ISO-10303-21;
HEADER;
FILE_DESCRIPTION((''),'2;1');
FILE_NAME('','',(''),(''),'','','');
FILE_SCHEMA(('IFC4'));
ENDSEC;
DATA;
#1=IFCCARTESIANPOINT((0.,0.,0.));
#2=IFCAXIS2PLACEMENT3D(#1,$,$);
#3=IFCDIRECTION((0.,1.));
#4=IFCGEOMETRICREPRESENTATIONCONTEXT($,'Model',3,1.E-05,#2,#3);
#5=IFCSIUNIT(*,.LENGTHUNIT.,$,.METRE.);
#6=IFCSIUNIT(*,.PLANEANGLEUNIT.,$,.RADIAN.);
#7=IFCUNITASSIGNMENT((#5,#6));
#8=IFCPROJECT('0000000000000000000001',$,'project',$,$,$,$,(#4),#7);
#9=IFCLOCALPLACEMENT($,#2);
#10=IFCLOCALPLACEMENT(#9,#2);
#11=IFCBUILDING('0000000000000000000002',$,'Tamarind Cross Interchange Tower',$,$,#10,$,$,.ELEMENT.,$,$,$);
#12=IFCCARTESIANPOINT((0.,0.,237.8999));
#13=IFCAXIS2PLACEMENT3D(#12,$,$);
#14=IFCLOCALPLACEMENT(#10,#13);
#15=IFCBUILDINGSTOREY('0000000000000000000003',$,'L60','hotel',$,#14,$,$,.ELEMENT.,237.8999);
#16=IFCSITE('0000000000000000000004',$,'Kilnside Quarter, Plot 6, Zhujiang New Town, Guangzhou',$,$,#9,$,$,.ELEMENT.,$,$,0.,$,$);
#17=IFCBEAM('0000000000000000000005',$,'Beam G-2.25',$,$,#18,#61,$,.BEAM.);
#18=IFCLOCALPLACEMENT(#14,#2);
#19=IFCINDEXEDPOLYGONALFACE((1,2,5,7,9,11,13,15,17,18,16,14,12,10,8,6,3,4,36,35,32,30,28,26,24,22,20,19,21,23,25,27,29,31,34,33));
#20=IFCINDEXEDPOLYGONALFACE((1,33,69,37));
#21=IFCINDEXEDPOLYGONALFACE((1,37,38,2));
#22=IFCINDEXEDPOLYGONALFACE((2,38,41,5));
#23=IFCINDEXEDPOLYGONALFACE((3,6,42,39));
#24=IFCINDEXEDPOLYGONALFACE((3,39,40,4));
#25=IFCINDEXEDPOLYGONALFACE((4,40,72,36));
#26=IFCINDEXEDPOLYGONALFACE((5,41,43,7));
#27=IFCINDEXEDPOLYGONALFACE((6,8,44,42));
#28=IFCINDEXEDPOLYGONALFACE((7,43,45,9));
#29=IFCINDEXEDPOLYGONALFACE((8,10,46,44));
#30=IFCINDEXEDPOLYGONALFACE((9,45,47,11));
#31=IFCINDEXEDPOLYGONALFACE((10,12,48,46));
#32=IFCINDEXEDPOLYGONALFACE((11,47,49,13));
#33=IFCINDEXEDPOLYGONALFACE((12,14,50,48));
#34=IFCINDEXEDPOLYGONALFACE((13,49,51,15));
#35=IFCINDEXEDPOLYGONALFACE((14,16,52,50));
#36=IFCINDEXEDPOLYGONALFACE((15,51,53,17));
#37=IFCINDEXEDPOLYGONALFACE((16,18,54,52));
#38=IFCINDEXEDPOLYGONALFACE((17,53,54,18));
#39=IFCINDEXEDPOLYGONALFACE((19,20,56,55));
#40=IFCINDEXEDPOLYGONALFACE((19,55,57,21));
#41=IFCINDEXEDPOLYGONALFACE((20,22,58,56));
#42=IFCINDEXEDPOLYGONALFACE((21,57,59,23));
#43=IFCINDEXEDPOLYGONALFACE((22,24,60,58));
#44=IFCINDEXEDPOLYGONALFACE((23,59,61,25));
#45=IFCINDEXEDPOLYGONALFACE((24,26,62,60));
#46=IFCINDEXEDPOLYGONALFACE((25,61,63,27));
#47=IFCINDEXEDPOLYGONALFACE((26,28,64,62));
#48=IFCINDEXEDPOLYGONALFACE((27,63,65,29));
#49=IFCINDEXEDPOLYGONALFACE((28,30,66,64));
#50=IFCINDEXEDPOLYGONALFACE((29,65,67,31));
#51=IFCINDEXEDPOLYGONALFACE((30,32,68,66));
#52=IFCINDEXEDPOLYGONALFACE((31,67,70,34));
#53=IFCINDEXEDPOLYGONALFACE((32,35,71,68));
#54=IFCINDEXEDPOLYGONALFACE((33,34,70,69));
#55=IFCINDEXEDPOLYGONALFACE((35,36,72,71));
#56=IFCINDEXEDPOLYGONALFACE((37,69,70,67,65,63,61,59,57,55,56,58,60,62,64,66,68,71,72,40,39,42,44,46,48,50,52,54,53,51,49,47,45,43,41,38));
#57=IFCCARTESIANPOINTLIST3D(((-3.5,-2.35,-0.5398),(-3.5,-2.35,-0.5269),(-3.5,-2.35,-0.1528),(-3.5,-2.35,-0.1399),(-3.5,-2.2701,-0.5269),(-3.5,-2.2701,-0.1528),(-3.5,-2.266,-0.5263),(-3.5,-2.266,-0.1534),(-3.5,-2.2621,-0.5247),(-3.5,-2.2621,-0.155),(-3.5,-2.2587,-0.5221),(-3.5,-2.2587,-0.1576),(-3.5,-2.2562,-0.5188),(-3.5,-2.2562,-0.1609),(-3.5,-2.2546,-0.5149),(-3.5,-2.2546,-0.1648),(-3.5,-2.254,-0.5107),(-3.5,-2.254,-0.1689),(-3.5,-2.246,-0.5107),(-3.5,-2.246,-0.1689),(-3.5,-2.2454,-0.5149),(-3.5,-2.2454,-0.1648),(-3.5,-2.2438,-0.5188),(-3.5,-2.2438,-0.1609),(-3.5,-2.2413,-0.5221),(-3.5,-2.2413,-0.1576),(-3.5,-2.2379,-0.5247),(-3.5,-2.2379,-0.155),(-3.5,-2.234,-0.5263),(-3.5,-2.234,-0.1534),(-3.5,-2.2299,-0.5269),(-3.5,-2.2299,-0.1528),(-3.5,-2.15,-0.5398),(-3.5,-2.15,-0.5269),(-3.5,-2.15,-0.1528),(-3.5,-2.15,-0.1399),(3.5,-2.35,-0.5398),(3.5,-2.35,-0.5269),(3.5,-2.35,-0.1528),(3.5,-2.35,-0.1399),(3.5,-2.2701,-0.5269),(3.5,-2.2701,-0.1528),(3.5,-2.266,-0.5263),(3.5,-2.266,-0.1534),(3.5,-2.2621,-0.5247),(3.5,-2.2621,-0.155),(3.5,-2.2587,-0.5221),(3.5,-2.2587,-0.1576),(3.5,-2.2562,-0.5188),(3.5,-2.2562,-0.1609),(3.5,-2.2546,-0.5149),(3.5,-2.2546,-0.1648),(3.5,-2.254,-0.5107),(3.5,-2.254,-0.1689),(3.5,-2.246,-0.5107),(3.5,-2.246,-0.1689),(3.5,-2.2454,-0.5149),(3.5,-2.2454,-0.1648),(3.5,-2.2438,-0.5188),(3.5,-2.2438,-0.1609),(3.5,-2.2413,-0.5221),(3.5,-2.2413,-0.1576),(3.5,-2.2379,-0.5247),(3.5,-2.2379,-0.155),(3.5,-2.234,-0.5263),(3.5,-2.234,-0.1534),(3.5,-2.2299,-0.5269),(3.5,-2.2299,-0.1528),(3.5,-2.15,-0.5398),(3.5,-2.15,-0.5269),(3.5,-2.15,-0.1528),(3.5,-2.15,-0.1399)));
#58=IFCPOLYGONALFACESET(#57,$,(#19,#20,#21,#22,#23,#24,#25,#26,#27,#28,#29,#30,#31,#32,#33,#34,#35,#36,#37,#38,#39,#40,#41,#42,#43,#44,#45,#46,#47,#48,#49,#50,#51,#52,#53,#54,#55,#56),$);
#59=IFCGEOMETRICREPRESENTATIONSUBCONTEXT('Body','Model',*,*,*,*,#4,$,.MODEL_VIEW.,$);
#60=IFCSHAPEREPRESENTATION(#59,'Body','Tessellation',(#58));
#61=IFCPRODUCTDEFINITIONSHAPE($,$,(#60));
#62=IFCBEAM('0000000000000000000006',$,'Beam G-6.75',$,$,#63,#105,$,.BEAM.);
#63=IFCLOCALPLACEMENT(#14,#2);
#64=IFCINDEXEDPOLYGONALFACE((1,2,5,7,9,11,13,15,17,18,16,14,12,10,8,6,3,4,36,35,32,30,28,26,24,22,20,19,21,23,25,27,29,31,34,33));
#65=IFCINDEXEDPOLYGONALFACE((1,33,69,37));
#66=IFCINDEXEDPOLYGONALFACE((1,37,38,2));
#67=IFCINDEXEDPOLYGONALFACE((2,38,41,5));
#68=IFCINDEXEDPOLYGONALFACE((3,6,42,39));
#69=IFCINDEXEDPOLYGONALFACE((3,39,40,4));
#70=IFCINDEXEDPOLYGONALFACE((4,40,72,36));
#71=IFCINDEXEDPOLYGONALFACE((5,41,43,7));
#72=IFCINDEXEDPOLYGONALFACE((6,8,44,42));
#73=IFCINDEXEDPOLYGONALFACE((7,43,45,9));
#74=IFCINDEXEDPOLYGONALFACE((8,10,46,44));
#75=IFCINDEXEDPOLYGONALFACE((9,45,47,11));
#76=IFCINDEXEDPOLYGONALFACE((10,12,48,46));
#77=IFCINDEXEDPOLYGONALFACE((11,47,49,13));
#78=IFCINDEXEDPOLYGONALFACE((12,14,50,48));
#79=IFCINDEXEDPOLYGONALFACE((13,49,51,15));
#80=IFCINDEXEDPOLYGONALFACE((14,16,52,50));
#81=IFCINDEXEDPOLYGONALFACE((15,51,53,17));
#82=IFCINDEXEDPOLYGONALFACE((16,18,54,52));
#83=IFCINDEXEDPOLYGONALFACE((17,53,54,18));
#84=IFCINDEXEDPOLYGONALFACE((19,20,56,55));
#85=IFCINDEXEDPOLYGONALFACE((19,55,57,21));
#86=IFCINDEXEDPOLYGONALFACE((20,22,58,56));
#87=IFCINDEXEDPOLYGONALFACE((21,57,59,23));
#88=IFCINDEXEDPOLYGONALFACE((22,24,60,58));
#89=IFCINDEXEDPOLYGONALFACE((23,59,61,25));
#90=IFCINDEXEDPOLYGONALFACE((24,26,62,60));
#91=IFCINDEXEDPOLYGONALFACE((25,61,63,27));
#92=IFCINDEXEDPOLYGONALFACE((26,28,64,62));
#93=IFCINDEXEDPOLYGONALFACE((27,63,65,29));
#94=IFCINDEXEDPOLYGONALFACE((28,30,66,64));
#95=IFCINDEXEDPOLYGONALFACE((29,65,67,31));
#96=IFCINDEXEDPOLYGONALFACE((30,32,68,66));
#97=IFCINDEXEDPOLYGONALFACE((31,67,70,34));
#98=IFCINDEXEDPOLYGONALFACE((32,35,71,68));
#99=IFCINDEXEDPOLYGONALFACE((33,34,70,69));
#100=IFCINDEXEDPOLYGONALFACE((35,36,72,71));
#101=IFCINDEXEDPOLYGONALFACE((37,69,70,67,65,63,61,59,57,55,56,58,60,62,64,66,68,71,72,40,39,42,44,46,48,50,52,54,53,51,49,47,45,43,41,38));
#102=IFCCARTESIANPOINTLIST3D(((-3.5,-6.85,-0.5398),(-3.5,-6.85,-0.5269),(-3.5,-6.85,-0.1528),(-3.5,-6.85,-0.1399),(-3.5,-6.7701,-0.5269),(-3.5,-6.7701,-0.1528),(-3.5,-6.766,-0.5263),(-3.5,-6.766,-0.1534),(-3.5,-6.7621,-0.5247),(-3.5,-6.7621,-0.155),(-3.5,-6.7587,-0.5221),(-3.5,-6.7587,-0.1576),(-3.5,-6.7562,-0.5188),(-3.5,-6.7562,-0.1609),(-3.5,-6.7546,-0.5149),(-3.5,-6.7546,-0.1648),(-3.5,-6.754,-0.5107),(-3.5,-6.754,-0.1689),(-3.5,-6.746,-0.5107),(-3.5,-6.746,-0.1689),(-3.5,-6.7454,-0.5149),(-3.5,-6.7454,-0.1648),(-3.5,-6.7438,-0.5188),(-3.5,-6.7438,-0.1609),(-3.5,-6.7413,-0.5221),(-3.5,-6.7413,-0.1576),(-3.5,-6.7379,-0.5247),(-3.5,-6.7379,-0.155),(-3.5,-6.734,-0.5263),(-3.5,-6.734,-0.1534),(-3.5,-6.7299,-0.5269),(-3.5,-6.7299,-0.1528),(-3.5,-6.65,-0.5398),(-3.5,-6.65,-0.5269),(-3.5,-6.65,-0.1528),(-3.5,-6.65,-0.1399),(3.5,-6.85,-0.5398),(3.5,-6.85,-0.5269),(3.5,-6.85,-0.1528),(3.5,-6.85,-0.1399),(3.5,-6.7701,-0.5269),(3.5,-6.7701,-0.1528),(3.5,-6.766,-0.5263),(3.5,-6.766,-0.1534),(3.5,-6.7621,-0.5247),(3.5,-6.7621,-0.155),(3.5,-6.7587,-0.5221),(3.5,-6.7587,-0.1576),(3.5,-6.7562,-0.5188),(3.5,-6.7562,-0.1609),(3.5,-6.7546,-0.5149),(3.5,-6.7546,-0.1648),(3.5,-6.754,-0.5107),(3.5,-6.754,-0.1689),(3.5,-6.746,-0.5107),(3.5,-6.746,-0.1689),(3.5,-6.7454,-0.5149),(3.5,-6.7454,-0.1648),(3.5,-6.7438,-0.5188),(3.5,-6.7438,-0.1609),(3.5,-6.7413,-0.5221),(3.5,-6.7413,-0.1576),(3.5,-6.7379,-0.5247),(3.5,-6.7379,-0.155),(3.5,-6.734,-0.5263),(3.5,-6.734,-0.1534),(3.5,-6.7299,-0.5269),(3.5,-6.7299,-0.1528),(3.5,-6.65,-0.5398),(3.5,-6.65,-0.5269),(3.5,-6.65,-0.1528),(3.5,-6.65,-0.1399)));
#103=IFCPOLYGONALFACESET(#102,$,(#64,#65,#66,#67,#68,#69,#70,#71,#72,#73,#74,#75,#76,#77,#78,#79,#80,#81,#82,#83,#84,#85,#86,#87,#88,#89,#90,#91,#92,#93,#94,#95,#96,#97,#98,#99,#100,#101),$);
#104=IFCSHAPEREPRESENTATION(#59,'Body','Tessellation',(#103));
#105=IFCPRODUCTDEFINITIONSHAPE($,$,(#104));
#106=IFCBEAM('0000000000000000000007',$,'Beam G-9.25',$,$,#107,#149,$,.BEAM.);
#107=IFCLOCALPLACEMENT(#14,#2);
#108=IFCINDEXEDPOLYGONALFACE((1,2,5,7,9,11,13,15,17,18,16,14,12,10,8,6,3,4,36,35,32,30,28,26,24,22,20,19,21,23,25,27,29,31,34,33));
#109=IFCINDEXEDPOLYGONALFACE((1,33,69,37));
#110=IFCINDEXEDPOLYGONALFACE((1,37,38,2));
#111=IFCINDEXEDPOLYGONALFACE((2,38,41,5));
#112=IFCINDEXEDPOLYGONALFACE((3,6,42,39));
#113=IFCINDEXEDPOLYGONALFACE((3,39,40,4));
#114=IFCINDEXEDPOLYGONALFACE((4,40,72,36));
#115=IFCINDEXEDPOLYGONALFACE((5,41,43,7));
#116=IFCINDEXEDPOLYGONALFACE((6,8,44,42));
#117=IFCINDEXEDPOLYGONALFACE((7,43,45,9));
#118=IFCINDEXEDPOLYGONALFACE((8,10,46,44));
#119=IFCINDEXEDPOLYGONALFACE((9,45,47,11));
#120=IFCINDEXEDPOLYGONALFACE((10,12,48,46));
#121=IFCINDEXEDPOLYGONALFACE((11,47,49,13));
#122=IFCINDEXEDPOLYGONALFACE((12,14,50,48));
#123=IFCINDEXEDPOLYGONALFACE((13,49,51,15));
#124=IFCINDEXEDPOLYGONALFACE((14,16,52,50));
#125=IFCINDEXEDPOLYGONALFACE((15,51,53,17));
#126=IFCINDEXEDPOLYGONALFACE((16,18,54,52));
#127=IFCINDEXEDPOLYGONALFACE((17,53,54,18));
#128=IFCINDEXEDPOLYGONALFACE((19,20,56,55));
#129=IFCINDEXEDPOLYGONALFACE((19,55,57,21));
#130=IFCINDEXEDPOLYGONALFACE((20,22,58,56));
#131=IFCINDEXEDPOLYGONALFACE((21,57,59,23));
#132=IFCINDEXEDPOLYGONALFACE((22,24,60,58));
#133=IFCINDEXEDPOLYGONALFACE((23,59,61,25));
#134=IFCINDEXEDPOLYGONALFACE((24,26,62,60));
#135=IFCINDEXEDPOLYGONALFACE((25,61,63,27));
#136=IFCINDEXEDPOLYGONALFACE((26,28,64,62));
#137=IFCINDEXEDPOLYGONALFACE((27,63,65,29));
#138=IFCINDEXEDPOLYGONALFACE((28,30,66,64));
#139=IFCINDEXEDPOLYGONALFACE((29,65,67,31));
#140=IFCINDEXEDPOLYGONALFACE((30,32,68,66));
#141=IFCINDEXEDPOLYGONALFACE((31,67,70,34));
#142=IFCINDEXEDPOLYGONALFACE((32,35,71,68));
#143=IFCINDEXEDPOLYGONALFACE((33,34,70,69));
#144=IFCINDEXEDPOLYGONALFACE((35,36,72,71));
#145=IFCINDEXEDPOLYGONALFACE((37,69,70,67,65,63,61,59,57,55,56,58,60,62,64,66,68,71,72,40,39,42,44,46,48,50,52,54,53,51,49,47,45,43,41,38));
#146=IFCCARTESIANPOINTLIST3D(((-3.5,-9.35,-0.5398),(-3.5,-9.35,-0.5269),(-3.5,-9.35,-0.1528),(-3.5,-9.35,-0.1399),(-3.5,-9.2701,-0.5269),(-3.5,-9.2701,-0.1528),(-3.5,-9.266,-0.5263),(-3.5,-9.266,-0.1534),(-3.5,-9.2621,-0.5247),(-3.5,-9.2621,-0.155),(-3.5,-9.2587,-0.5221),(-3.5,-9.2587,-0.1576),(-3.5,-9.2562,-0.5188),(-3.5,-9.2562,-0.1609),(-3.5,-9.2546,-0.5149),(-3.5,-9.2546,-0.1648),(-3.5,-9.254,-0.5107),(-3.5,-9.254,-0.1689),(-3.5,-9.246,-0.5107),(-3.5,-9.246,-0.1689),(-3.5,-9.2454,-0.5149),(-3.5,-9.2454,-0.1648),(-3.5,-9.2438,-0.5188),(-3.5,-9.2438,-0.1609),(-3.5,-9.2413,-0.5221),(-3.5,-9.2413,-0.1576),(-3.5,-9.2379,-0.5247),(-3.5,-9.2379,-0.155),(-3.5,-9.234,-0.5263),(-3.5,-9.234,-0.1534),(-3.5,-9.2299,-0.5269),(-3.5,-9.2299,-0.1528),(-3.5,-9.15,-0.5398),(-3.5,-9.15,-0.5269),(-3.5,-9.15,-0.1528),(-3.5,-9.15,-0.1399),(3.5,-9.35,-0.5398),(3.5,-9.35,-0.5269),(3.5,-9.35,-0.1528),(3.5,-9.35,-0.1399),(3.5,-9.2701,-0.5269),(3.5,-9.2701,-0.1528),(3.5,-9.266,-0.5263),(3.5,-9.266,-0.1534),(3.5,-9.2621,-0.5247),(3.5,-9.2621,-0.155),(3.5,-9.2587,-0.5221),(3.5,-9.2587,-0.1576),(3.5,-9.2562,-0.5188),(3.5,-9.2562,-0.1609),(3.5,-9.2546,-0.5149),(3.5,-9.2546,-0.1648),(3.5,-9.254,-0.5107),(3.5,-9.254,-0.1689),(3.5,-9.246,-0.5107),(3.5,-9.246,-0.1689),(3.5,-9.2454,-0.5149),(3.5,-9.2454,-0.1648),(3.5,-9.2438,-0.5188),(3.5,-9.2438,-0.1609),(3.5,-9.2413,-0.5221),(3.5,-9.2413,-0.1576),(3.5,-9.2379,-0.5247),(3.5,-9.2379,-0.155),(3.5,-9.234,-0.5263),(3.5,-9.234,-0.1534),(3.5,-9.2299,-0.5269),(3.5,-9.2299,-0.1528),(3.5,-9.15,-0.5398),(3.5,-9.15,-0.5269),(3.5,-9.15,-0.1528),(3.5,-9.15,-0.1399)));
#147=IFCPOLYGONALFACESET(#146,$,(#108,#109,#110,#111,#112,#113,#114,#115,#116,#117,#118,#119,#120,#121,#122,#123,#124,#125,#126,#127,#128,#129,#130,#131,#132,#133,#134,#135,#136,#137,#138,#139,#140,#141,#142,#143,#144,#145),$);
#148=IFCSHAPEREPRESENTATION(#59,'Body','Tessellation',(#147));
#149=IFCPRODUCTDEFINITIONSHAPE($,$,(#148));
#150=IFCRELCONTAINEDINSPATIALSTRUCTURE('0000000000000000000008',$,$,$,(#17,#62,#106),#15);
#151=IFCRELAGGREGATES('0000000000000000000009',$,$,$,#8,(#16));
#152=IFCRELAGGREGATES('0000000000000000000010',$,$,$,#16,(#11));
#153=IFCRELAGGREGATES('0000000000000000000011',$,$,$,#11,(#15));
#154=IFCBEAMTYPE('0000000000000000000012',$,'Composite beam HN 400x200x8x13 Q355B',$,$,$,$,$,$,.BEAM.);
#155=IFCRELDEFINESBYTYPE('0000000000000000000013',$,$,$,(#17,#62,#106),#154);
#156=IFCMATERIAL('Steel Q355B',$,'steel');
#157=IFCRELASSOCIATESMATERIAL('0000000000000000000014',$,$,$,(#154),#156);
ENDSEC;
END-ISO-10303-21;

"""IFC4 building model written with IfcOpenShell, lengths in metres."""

from ifc_helpers import new_model, si_unit, direction, frame, origin, origin_2d, place, context, subcontext, project, spatial, i_section, extrude, material, material_profile, profile_set, type_object, element, save


model = new_model("IFC4")

# Units and contexts
model_context = context("Model", 3, precision=1e-05, world=origin(), true_north=direction((0.0, 1.0)))
body_context = subcontext(model_context, "Body", "Model", "MODEL_VIEW")
ifc_project = project(units=[si_unit("LENGTHUNIT", "METRE"), si_unit("PLANEANGLEUNIT", "RADIAN")], contexts=[model_context])

# Site, building, storey
site_placement = place(None, origin())
site = spatial("IfcSite", under=ifc_project, at=site_placement, Name="Kilnside Quarter, Plot 6, Zhujiang New Town, Guangzhou", CompositionType="ELEMENT", RefElevation=0.0)
building_placement = place(site_placement, origin())
building = spatial("IfcBuilding", under=site, at=building_placement, Name="Tamarind Cross Interchange Tower", CompositionType="ELEMENT")
storey_placement = place(building_placement, frame((0.0, 0.0, 237.8999)))
storey = spatial("IfcBuildingStorey", under=building, at=storey_placement, Name="L60", Description="hotel", CompositionType="ELEMENT", Elevation=237.8999)

# Beams
ifc_material_1 = material(Name="Steel Q355B", Category="steel")
ifc_material_profile = material_profile(ifc_material_1, i_section(OverallWidth=0.2, OverallDepth=0.3999, WebThickness=0.0081, FlangeThickness=0.0129, FilletRadius=0.0161, at=origin_2d()), Name="HN 400x200x8x13")
ifc_profile_set = profile_set([ifc_material_profile], Name="Steel Q355B")
beam_type = type_object("IfcBeamType", Name="Composite beam HN 400x200x8x13 Q355B", PredefinedType="BEAM", material=ifc_profile_set)
for number, where, z_axis, x_axis, name in (
    (1, (-3.5, -2.25, -0.3398), (1.0, 0.0, 0.0), (0.0, 1.0, 0.0), "Beam G-2.25"),
    (2, (-3.5, -6.75, -0.3398), (1.0, 0.0, 0.0), (0.0, 1.0, 0.0), "Beam G-6.75"),
    (3, (-3.5, -9.25, -0.3398), (1.0, 0.0, 0.0), (0.0, 1.0, 0.0), "Beam G-9.25"),
):
    element("IfcBeam", number, at=place(storey_placement, frame(where, z_axis=z_axis, x_axis=x_axis)), inside=storey, type_object=beam_type, Name=name, PredefinedType="BEAM", context=body_context, shape_type="SweptSolid", body=[
        extrude(i_section(OverallWidth=0.2, OverallDepth=0.3999, WebThickness=0.0081, FlangeThickness=0.0129, FilletRadius=0.0161, at=origin_2d()), origin(), (0.0, 0.0, 1.0), 7.0),
    ])

save(model, "model.ifc")
